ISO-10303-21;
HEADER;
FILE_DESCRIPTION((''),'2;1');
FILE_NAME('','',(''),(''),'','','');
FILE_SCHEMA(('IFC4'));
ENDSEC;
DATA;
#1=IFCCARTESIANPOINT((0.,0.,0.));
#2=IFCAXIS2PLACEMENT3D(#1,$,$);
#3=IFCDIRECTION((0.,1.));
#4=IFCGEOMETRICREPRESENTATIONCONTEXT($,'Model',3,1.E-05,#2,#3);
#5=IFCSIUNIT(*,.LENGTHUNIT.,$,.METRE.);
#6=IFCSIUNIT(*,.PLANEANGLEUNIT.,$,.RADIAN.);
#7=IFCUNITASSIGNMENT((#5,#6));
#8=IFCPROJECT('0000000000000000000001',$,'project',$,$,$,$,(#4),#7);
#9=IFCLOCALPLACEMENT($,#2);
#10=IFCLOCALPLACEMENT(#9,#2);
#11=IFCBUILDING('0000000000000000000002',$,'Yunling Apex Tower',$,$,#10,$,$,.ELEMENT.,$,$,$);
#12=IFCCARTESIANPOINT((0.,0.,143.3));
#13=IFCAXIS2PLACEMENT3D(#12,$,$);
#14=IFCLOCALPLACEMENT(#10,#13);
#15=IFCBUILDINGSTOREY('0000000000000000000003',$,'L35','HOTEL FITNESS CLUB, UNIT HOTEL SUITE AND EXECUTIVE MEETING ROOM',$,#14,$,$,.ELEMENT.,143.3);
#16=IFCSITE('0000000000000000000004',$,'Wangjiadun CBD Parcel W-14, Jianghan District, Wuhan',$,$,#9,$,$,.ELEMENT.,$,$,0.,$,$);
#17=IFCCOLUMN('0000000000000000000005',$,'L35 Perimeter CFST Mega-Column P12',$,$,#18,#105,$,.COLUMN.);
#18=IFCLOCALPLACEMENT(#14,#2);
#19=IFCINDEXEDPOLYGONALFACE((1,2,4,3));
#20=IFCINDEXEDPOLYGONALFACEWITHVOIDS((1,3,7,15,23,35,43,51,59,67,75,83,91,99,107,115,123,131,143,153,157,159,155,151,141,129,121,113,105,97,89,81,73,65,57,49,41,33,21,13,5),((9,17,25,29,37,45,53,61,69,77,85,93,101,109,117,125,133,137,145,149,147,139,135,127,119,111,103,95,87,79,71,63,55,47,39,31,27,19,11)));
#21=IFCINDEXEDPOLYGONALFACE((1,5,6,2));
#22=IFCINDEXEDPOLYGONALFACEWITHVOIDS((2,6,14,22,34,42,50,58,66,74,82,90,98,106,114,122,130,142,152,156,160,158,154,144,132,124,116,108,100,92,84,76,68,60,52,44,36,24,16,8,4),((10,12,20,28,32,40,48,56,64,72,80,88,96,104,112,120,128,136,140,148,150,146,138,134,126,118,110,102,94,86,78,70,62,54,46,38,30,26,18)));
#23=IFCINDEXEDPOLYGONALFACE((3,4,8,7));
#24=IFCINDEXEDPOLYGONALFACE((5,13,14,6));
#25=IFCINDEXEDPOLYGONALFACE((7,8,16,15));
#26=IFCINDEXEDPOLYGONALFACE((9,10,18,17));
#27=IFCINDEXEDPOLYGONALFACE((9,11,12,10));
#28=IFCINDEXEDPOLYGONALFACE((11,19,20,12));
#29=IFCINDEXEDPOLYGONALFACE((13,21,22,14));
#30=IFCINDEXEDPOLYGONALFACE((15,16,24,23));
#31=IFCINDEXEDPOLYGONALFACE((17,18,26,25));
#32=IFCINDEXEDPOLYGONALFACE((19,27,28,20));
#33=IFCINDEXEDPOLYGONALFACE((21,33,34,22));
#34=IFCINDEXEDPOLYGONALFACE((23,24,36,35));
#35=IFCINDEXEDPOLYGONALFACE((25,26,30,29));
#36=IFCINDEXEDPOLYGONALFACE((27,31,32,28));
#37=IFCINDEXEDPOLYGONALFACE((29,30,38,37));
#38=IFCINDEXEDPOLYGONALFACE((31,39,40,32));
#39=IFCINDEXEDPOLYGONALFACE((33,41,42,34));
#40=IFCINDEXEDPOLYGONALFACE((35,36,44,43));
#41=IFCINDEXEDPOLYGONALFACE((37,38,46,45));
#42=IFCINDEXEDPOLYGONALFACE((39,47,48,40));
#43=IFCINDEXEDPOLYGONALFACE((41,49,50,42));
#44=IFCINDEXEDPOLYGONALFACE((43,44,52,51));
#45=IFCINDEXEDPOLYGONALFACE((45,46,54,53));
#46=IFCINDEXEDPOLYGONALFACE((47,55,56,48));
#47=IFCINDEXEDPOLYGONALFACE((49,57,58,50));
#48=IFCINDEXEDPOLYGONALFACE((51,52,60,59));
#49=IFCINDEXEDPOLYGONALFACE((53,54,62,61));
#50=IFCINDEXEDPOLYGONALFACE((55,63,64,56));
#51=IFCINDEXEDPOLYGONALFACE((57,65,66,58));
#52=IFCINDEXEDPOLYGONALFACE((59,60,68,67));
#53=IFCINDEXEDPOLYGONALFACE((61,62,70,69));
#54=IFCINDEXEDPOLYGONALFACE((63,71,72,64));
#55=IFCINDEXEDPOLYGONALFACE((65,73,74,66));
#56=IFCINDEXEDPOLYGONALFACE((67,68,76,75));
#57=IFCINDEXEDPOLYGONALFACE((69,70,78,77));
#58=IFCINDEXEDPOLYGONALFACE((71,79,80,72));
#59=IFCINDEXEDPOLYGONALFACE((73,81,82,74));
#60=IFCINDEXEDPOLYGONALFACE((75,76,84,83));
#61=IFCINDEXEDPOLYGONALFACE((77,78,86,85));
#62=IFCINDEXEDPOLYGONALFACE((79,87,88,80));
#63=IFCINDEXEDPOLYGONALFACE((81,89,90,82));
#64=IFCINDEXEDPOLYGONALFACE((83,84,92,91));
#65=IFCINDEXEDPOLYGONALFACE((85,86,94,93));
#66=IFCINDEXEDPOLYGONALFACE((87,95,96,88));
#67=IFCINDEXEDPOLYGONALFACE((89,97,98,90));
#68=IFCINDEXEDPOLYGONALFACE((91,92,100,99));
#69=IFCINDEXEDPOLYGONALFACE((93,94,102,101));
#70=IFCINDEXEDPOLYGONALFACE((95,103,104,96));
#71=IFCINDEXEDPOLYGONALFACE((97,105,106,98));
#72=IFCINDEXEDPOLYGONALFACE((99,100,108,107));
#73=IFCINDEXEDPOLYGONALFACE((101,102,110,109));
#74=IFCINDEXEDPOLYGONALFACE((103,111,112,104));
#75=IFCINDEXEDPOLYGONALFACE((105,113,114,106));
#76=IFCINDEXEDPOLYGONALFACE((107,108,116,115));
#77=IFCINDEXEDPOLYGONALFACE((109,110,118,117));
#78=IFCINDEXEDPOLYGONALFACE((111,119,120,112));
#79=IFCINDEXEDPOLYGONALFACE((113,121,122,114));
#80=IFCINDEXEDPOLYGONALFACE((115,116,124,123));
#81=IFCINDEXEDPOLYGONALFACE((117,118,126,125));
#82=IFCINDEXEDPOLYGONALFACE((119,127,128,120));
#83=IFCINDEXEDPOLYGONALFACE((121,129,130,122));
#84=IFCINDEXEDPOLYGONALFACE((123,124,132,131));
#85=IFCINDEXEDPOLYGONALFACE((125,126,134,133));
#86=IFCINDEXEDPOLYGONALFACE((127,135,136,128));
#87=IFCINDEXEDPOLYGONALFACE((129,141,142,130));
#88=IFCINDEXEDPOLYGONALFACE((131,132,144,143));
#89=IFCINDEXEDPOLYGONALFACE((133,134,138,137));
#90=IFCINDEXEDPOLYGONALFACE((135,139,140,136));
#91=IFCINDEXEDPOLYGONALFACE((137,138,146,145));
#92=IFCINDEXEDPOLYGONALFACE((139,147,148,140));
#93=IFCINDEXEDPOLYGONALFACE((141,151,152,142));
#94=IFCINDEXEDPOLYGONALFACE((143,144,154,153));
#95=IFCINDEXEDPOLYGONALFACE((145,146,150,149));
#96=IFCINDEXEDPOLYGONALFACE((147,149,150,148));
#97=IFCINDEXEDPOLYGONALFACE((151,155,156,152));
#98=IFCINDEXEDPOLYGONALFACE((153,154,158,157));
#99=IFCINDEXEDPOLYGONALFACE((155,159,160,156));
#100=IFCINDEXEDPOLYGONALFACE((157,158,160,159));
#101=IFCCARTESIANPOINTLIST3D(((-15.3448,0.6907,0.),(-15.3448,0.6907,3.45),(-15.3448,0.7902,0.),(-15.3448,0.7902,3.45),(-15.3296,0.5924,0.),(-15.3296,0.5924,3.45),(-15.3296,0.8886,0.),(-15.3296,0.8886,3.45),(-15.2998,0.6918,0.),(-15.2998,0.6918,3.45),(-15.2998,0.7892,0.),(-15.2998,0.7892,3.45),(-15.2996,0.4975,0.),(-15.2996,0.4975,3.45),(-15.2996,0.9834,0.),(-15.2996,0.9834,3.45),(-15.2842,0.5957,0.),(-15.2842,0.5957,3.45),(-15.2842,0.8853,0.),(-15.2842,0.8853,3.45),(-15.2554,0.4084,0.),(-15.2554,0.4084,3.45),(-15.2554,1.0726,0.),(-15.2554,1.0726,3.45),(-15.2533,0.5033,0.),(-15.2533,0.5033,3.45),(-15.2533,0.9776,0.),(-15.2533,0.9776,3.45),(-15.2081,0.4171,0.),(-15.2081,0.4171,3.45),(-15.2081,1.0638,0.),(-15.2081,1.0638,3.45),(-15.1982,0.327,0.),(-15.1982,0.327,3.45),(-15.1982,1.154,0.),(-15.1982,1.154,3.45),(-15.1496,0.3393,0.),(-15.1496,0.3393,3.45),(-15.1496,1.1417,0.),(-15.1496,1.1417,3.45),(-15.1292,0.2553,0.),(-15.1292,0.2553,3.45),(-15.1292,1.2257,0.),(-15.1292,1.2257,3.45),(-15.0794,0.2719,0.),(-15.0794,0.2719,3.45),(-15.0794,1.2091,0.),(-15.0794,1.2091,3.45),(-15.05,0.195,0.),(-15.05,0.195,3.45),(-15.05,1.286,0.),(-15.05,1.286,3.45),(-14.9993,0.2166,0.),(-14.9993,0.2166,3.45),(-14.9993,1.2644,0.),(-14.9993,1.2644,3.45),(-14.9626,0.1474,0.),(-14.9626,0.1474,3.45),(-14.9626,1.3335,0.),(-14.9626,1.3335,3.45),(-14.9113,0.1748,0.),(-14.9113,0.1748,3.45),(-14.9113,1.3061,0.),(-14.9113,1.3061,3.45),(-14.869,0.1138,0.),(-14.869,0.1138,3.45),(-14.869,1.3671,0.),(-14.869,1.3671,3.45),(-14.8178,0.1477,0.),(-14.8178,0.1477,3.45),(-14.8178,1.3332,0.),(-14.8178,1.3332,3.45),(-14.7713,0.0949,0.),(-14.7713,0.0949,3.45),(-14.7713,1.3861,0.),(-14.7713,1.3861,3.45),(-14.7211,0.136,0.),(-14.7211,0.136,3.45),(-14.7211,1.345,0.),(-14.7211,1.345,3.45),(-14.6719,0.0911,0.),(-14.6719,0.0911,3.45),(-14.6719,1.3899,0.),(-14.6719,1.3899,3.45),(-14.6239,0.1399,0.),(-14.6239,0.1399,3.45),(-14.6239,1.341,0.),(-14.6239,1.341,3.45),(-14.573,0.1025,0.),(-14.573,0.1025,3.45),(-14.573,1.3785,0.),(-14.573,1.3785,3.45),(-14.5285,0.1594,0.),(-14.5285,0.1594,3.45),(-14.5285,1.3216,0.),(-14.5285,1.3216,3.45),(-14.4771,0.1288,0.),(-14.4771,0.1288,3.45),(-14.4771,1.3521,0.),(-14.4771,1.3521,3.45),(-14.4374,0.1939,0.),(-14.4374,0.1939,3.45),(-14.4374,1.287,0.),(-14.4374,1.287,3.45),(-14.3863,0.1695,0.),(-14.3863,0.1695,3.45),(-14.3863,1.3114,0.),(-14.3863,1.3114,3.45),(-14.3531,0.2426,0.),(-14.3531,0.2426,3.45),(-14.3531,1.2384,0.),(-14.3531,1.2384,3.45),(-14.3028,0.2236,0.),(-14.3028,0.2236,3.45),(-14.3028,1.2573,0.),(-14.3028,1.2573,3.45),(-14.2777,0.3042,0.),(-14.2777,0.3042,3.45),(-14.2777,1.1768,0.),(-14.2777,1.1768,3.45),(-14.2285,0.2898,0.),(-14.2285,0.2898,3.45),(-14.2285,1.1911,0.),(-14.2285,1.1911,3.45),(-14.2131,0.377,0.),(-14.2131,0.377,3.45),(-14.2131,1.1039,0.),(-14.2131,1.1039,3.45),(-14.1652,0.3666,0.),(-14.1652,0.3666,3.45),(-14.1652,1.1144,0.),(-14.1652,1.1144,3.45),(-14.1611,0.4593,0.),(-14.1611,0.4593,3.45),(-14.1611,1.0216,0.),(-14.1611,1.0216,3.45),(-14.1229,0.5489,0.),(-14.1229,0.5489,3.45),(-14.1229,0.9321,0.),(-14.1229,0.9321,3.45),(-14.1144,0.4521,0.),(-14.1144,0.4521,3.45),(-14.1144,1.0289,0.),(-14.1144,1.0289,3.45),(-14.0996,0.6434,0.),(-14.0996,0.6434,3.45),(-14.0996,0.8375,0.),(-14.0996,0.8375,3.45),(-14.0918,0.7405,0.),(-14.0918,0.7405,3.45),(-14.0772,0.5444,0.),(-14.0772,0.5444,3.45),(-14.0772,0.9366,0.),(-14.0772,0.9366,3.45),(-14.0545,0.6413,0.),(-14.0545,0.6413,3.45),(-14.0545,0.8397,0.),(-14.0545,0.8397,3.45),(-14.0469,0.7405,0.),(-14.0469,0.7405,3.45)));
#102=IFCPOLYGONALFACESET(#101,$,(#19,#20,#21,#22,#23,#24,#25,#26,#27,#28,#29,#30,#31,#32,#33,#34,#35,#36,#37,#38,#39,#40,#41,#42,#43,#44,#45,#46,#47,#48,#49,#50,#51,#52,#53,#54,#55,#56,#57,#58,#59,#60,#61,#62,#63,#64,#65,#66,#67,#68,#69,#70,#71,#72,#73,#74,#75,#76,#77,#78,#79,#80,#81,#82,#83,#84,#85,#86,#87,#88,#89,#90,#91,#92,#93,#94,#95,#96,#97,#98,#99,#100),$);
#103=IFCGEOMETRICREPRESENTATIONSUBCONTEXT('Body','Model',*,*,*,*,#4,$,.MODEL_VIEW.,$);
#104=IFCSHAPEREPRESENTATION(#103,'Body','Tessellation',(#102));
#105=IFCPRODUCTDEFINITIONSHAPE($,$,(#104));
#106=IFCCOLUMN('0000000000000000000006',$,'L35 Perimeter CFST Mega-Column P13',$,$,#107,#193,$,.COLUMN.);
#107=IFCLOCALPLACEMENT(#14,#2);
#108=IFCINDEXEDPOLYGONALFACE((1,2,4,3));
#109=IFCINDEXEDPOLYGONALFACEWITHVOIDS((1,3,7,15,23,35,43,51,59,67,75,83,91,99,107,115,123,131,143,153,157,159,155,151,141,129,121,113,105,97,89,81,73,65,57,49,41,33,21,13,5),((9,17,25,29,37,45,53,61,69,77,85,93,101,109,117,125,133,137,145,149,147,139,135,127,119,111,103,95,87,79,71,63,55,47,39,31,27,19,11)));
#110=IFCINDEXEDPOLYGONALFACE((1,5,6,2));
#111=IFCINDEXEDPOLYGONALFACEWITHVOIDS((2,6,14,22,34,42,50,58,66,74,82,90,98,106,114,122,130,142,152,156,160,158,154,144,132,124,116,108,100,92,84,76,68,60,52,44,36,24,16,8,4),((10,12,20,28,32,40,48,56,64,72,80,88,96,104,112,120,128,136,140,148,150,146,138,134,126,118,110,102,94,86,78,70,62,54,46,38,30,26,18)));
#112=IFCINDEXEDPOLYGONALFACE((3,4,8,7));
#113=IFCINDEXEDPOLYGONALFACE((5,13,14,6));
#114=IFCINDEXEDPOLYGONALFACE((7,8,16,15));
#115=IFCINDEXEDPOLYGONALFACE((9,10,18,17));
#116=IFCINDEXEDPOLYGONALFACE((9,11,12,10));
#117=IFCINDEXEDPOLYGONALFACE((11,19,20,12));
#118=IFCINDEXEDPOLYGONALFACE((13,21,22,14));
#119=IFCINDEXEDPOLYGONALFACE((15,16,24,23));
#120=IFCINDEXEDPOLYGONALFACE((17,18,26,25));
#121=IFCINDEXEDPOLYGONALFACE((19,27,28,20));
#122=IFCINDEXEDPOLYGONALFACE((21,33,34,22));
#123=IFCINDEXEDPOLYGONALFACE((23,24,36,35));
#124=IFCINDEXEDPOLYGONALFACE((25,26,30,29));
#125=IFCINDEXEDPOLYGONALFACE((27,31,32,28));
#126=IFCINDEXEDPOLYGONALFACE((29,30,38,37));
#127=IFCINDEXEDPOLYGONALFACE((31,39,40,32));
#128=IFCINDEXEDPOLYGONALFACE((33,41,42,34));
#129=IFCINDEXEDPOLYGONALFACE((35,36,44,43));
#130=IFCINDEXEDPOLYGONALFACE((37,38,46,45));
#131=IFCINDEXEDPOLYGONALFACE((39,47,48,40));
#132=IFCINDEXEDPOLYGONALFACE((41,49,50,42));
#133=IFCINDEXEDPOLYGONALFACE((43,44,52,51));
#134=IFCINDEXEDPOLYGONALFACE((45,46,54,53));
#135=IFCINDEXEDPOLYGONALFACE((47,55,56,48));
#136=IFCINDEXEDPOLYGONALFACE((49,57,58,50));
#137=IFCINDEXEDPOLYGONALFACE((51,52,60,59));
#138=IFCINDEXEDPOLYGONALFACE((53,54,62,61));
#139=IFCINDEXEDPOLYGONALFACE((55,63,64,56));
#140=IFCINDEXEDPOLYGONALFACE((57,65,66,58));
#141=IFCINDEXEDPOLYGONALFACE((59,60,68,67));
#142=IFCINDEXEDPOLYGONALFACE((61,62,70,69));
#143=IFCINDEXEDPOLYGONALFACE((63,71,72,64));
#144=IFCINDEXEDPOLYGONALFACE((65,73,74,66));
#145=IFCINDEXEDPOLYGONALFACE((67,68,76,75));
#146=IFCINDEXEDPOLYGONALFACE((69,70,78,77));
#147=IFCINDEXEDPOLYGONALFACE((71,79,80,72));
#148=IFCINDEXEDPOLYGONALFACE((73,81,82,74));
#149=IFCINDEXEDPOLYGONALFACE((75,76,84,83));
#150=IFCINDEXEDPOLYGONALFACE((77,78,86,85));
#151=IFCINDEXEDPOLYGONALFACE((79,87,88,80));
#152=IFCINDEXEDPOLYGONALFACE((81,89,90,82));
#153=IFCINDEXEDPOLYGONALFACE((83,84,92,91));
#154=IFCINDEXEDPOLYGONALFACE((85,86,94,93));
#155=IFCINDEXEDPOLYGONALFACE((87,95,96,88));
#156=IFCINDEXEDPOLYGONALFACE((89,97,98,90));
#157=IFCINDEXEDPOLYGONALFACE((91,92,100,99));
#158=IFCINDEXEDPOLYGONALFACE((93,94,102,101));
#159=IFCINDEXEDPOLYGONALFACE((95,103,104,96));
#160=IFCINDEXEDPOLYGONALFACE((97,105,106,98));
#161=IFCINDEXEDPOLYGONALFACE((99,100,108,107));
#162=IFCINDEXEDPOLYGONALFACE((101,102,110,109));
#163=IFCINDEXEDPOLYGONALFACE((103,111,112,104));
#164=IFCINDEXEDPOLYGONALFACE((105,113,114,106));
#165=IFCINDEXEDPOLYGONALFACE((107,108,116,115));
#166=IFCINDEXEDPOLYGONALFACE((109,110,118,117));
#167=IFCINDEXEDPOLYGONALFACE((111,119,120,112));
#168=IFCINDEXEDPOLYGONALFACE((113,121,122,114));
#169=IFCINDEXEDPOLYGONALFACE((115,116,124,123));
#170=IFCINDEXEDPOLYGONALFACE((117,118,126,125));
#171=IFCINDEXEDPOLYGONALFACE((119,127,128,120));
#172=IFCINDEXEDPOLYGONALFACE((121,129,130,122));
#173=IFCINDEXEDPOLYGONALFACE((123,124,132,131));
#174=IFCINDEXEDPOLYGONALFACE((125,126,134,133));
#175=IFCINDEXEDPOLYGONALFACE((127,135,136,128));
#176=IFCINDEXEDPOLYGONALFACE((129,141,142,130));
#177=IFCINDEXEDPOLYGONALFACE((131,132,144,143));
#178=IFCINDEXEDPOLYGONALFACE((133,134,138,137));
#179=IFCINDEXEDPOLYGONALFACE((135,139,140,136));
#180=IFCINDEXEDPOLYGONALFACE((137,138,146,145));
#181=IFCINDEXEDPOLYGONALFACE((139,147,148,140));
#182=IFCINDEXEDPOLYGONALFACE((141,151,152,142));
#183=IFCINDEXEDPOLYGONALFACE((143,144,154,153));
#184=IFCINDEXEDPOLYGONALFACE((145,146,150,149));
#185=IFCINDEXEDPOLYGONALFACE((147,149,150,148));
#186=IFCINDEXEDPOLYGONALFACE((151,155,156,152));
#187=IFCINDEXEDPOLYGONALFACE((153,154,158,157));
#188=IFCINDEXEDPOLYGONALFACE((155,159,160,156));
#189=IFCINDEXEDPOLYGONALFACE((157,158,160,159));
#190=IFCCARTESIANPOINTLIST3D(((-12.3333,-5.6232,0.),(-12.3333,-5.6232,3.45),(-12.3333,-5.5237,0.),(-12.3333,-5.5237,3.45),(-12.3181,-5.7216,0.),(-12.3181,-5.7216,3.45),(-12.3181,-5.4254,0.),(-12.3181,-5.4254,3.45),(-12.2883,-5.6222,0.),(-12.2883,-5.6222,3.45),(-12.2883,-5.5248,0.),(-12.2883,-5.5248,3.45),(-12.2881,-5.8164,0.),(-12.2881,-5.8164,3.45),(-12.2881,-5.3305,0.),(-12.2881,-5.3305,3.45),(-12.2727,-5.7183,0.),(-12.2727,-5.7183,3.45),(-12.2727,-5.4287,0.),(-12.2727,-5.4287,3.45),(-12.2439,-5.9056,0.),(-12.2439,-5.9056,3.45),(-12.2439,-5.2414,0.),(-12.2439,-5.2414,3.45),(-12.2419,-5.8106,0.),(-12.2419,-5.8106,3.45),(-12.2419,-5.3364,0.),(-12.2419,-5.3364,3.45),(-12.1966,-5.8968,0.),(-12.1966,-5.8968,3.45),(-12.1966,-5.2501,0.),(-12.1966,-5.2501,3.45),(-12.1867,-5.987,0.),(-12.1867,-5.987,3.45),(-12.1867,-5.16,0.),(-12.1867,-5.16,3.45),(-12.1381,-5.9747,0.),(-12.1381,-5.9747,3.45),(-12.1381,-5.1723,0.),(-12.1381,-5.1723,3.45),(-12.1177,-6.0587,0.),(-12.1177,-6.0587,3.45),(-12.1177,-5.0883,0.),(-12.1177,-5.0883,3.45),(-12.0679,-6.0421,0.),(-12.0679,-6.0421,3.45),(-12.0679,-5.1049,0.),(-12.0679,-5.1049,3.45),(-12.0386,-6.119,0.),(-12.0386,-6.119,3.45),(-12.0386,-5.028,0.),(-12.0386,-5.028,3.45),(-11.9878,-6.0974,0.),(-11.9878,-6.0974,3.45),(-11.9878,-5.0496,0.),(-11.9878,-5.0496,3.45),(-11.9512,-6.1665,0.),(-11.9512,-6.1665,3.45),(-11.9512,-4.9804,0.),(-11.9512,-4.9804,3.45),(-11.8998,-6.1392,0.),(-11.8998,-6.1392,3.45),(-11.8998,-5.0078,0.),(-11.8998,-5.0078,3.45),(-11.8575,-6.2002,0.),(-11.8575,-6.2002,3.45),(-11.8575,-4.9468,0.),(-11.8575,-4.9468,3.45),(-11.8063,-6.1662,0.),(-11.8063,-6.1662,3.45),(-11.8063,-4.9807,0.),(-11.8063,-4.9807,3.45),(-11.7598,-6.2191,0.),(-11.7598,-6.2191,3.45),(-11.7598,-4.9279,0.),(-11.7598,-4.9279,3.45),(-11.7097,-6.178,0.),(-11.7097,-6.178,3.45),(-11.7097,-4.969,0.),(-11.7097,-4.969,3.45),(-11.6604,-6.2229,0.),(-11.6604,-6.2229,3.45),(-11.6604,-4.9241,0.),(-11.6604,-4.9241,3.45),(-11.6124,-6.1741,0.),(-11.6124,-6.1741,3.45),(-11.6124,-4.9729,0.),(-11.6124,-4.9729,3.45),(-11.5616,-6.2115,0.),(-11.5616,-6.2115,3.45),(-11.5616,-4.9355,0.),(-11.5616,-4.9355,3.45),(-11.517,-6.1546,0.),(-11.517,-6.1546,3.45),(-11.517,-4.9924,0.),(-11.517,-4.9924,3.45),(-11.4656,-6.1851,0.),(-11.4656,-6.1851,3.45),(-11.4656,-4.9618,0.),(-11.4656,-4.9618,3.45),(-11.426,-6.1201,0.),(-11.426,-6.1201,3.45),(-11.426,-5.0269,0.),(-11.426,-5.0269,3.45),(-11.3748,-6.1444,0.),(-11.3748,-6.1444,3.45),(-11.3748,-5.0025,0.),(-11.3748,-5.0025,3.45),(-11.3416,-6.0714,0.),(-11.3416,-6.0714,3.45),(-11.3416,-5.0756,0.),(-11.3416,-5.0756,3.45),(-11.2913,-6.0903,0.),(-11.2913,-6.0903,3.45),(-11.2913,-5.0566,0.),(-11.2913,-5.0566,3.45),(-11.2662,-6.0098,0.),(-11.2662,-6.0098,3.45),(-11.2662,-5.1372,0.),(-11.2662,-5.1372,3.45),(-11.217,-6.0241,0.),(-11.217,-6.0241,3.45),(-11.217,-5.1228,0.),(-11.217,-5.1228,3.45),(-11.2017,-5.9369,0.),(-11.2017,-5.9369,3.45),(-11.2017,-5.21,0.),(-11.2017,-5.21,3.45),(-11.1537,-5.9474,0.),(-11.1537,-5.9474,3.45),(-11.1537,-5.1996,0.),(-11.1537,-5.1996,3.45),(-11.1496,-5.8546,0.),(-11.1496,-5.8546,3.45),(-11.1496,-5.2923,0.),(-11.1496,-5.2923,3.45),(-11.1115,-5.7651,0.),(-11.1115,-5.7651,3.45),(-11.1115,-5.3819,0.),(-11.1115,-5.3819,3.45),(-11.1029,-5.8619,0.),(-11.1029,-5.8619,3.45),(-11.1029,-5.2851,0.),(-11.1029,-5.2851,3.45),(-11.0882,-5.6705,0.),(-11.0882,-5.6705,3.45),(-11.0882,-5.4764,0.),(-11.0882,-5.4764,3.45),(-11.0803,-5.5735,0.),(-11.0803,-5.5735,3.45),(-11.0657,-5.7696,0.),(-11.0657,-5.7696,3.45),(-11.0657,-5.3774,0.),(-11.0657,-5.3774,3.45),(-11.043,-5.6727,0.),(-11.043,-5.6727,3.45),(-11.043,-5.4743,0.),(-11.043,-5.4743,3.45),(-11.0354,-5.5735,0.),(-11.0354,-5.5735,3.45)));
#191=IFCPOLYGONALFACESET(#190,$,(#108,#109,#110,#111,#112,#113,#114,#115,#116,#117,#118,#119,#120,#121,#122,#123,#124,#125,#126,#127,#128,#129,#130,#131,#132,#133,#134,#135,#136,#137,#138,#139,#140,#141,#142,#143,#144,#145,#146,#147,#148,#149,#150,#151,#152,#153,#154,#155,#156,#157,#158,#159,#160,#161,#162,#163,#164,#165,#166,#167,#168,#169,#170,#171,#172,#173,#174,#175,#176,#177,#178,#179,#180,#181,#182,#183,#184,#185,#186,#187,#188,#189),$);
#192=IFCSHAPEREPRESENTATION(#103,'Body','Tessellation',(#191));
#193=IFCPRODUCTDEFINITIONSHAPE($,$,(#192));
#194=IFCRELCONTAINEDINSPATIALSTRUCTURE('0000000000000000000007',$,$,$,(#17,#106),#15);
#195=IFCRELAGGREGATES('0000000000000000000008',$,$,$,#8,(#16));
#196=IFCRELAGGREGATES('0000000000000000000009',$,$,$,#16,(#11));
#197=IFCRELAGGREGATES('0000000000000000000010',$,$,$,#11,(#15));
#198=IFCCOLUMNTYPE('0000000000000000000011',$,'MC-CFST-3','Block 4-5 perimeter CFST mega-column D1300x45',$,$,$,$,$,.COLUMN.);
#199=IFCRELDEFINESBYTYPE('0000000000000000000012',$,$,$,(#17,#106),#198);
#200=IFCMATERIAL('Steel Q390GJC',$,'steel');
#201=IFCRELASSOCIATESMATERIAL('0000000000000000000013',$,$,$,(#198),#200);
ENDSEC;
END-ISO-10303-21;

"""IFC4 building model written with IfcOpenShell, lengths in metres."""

from ifc_helpers import new_model, si_unit, direction, frame, origin, origin_2d, place, context, subcontext, project, spatial, hollow_circle, extrude, source, transform, mapped, material, material_profile, profile_set, type_object, element, save


model = new_model("IFC4")

# Units and contexts
model_context = context("Model", 3, precision=1e-05, world=origin(), true_north=direction((0.0, 1.0)))
body_context = subcontext(model_context, "Body", "Model", "MODEL_VIEW")
ifc_project = project(units=[si_unit("LENGTHUNIT", "METRE"), si_unit("PLANEANGLEUNIT", "RADIAN")], contexts=[model_context])

# Site, building, storey
site_placement = place(None, origin())
site = spatial("IfcSite", under=ifc_project, at=site_placement, Name="Wangjiadun CBD Parcel W-14, Jianghan District, Wuhan", CompositionType="ELEMENT", RefElevation=0.0)
building_placement = place(site_placement, origin())
building = spatial("IfcBuilding", under=site, at=building_placement, Name="Yunling Apex Tower", CompositionType="ELEMENT")
storey_placement = place(building_placement, frame((0.0, 0.0, 143.3)))
storey = spatial("IfcBuildingStorey", under=building, at=storey_placement, Name="L35", Description="HOTEL FITNESS CLUB, UNIT HOTEL SUITE AND EXECUTIVE MEETING ROOM", CompositionType="ELEMENT", Elevation=143.3)

# Columns
ifc_material_1 = material(Name="Steel Q390GJC", Category="steel")
ifc_material_profile_1 = material_profile(ifc_material_1, hollow_circle(Radius=0.6499, WallThickness=0.0449, at=origin_2d()))
ifc_profile_set_1 = profile_set([ifc_material_profile_1], Name="Steel Q390GJC")
column_type = type_object("IfcColumnType", Name="MC-CFST-3", Description="Block 4-5 perimeter CFST mega-column D1300x45", PredefinedType="COLUMN", material=ifc_profile_set_1)
shared_shape_1 = source(origin(), body_context, "Body", "SweptSolid", [
    extrude(hollow_circle(Radius=0.6499, WallThickness=0.0449, at=origin_2d()), origin(), (0.0, 0.0, 1.0), 3.45),
])
for number, where, z_axis, x_axis, name in (
    (1, (-14.6968, 0.7405, 0.0), (0.0, 0.0, 1.0), (1.0, 0.0, 0.0), "L35 Perimeter CFST Mega-Column P12"),
    (2, (-11.6853, -5.5735, 0.0), (0.0, 0.0, 1.0), (1.0, 0.0, 0.0), "L35 Perimeter CFST Mega-Column P13"),
):
    element("IfcColumn", number, at=place(storey_placement, frame(where, z_axis=z_axis, x_axis=x_axis)), inside=storey, type_object=column_type, Name=name, PredefinedType="COLUMN", context=body_context, shape_type="MappedRepresentation", body=[
        mapped(shared_shape_1, transform((0.0, 0.0, 0.0), scale=1.0)),
    ])

save(model, "model.ifc")
